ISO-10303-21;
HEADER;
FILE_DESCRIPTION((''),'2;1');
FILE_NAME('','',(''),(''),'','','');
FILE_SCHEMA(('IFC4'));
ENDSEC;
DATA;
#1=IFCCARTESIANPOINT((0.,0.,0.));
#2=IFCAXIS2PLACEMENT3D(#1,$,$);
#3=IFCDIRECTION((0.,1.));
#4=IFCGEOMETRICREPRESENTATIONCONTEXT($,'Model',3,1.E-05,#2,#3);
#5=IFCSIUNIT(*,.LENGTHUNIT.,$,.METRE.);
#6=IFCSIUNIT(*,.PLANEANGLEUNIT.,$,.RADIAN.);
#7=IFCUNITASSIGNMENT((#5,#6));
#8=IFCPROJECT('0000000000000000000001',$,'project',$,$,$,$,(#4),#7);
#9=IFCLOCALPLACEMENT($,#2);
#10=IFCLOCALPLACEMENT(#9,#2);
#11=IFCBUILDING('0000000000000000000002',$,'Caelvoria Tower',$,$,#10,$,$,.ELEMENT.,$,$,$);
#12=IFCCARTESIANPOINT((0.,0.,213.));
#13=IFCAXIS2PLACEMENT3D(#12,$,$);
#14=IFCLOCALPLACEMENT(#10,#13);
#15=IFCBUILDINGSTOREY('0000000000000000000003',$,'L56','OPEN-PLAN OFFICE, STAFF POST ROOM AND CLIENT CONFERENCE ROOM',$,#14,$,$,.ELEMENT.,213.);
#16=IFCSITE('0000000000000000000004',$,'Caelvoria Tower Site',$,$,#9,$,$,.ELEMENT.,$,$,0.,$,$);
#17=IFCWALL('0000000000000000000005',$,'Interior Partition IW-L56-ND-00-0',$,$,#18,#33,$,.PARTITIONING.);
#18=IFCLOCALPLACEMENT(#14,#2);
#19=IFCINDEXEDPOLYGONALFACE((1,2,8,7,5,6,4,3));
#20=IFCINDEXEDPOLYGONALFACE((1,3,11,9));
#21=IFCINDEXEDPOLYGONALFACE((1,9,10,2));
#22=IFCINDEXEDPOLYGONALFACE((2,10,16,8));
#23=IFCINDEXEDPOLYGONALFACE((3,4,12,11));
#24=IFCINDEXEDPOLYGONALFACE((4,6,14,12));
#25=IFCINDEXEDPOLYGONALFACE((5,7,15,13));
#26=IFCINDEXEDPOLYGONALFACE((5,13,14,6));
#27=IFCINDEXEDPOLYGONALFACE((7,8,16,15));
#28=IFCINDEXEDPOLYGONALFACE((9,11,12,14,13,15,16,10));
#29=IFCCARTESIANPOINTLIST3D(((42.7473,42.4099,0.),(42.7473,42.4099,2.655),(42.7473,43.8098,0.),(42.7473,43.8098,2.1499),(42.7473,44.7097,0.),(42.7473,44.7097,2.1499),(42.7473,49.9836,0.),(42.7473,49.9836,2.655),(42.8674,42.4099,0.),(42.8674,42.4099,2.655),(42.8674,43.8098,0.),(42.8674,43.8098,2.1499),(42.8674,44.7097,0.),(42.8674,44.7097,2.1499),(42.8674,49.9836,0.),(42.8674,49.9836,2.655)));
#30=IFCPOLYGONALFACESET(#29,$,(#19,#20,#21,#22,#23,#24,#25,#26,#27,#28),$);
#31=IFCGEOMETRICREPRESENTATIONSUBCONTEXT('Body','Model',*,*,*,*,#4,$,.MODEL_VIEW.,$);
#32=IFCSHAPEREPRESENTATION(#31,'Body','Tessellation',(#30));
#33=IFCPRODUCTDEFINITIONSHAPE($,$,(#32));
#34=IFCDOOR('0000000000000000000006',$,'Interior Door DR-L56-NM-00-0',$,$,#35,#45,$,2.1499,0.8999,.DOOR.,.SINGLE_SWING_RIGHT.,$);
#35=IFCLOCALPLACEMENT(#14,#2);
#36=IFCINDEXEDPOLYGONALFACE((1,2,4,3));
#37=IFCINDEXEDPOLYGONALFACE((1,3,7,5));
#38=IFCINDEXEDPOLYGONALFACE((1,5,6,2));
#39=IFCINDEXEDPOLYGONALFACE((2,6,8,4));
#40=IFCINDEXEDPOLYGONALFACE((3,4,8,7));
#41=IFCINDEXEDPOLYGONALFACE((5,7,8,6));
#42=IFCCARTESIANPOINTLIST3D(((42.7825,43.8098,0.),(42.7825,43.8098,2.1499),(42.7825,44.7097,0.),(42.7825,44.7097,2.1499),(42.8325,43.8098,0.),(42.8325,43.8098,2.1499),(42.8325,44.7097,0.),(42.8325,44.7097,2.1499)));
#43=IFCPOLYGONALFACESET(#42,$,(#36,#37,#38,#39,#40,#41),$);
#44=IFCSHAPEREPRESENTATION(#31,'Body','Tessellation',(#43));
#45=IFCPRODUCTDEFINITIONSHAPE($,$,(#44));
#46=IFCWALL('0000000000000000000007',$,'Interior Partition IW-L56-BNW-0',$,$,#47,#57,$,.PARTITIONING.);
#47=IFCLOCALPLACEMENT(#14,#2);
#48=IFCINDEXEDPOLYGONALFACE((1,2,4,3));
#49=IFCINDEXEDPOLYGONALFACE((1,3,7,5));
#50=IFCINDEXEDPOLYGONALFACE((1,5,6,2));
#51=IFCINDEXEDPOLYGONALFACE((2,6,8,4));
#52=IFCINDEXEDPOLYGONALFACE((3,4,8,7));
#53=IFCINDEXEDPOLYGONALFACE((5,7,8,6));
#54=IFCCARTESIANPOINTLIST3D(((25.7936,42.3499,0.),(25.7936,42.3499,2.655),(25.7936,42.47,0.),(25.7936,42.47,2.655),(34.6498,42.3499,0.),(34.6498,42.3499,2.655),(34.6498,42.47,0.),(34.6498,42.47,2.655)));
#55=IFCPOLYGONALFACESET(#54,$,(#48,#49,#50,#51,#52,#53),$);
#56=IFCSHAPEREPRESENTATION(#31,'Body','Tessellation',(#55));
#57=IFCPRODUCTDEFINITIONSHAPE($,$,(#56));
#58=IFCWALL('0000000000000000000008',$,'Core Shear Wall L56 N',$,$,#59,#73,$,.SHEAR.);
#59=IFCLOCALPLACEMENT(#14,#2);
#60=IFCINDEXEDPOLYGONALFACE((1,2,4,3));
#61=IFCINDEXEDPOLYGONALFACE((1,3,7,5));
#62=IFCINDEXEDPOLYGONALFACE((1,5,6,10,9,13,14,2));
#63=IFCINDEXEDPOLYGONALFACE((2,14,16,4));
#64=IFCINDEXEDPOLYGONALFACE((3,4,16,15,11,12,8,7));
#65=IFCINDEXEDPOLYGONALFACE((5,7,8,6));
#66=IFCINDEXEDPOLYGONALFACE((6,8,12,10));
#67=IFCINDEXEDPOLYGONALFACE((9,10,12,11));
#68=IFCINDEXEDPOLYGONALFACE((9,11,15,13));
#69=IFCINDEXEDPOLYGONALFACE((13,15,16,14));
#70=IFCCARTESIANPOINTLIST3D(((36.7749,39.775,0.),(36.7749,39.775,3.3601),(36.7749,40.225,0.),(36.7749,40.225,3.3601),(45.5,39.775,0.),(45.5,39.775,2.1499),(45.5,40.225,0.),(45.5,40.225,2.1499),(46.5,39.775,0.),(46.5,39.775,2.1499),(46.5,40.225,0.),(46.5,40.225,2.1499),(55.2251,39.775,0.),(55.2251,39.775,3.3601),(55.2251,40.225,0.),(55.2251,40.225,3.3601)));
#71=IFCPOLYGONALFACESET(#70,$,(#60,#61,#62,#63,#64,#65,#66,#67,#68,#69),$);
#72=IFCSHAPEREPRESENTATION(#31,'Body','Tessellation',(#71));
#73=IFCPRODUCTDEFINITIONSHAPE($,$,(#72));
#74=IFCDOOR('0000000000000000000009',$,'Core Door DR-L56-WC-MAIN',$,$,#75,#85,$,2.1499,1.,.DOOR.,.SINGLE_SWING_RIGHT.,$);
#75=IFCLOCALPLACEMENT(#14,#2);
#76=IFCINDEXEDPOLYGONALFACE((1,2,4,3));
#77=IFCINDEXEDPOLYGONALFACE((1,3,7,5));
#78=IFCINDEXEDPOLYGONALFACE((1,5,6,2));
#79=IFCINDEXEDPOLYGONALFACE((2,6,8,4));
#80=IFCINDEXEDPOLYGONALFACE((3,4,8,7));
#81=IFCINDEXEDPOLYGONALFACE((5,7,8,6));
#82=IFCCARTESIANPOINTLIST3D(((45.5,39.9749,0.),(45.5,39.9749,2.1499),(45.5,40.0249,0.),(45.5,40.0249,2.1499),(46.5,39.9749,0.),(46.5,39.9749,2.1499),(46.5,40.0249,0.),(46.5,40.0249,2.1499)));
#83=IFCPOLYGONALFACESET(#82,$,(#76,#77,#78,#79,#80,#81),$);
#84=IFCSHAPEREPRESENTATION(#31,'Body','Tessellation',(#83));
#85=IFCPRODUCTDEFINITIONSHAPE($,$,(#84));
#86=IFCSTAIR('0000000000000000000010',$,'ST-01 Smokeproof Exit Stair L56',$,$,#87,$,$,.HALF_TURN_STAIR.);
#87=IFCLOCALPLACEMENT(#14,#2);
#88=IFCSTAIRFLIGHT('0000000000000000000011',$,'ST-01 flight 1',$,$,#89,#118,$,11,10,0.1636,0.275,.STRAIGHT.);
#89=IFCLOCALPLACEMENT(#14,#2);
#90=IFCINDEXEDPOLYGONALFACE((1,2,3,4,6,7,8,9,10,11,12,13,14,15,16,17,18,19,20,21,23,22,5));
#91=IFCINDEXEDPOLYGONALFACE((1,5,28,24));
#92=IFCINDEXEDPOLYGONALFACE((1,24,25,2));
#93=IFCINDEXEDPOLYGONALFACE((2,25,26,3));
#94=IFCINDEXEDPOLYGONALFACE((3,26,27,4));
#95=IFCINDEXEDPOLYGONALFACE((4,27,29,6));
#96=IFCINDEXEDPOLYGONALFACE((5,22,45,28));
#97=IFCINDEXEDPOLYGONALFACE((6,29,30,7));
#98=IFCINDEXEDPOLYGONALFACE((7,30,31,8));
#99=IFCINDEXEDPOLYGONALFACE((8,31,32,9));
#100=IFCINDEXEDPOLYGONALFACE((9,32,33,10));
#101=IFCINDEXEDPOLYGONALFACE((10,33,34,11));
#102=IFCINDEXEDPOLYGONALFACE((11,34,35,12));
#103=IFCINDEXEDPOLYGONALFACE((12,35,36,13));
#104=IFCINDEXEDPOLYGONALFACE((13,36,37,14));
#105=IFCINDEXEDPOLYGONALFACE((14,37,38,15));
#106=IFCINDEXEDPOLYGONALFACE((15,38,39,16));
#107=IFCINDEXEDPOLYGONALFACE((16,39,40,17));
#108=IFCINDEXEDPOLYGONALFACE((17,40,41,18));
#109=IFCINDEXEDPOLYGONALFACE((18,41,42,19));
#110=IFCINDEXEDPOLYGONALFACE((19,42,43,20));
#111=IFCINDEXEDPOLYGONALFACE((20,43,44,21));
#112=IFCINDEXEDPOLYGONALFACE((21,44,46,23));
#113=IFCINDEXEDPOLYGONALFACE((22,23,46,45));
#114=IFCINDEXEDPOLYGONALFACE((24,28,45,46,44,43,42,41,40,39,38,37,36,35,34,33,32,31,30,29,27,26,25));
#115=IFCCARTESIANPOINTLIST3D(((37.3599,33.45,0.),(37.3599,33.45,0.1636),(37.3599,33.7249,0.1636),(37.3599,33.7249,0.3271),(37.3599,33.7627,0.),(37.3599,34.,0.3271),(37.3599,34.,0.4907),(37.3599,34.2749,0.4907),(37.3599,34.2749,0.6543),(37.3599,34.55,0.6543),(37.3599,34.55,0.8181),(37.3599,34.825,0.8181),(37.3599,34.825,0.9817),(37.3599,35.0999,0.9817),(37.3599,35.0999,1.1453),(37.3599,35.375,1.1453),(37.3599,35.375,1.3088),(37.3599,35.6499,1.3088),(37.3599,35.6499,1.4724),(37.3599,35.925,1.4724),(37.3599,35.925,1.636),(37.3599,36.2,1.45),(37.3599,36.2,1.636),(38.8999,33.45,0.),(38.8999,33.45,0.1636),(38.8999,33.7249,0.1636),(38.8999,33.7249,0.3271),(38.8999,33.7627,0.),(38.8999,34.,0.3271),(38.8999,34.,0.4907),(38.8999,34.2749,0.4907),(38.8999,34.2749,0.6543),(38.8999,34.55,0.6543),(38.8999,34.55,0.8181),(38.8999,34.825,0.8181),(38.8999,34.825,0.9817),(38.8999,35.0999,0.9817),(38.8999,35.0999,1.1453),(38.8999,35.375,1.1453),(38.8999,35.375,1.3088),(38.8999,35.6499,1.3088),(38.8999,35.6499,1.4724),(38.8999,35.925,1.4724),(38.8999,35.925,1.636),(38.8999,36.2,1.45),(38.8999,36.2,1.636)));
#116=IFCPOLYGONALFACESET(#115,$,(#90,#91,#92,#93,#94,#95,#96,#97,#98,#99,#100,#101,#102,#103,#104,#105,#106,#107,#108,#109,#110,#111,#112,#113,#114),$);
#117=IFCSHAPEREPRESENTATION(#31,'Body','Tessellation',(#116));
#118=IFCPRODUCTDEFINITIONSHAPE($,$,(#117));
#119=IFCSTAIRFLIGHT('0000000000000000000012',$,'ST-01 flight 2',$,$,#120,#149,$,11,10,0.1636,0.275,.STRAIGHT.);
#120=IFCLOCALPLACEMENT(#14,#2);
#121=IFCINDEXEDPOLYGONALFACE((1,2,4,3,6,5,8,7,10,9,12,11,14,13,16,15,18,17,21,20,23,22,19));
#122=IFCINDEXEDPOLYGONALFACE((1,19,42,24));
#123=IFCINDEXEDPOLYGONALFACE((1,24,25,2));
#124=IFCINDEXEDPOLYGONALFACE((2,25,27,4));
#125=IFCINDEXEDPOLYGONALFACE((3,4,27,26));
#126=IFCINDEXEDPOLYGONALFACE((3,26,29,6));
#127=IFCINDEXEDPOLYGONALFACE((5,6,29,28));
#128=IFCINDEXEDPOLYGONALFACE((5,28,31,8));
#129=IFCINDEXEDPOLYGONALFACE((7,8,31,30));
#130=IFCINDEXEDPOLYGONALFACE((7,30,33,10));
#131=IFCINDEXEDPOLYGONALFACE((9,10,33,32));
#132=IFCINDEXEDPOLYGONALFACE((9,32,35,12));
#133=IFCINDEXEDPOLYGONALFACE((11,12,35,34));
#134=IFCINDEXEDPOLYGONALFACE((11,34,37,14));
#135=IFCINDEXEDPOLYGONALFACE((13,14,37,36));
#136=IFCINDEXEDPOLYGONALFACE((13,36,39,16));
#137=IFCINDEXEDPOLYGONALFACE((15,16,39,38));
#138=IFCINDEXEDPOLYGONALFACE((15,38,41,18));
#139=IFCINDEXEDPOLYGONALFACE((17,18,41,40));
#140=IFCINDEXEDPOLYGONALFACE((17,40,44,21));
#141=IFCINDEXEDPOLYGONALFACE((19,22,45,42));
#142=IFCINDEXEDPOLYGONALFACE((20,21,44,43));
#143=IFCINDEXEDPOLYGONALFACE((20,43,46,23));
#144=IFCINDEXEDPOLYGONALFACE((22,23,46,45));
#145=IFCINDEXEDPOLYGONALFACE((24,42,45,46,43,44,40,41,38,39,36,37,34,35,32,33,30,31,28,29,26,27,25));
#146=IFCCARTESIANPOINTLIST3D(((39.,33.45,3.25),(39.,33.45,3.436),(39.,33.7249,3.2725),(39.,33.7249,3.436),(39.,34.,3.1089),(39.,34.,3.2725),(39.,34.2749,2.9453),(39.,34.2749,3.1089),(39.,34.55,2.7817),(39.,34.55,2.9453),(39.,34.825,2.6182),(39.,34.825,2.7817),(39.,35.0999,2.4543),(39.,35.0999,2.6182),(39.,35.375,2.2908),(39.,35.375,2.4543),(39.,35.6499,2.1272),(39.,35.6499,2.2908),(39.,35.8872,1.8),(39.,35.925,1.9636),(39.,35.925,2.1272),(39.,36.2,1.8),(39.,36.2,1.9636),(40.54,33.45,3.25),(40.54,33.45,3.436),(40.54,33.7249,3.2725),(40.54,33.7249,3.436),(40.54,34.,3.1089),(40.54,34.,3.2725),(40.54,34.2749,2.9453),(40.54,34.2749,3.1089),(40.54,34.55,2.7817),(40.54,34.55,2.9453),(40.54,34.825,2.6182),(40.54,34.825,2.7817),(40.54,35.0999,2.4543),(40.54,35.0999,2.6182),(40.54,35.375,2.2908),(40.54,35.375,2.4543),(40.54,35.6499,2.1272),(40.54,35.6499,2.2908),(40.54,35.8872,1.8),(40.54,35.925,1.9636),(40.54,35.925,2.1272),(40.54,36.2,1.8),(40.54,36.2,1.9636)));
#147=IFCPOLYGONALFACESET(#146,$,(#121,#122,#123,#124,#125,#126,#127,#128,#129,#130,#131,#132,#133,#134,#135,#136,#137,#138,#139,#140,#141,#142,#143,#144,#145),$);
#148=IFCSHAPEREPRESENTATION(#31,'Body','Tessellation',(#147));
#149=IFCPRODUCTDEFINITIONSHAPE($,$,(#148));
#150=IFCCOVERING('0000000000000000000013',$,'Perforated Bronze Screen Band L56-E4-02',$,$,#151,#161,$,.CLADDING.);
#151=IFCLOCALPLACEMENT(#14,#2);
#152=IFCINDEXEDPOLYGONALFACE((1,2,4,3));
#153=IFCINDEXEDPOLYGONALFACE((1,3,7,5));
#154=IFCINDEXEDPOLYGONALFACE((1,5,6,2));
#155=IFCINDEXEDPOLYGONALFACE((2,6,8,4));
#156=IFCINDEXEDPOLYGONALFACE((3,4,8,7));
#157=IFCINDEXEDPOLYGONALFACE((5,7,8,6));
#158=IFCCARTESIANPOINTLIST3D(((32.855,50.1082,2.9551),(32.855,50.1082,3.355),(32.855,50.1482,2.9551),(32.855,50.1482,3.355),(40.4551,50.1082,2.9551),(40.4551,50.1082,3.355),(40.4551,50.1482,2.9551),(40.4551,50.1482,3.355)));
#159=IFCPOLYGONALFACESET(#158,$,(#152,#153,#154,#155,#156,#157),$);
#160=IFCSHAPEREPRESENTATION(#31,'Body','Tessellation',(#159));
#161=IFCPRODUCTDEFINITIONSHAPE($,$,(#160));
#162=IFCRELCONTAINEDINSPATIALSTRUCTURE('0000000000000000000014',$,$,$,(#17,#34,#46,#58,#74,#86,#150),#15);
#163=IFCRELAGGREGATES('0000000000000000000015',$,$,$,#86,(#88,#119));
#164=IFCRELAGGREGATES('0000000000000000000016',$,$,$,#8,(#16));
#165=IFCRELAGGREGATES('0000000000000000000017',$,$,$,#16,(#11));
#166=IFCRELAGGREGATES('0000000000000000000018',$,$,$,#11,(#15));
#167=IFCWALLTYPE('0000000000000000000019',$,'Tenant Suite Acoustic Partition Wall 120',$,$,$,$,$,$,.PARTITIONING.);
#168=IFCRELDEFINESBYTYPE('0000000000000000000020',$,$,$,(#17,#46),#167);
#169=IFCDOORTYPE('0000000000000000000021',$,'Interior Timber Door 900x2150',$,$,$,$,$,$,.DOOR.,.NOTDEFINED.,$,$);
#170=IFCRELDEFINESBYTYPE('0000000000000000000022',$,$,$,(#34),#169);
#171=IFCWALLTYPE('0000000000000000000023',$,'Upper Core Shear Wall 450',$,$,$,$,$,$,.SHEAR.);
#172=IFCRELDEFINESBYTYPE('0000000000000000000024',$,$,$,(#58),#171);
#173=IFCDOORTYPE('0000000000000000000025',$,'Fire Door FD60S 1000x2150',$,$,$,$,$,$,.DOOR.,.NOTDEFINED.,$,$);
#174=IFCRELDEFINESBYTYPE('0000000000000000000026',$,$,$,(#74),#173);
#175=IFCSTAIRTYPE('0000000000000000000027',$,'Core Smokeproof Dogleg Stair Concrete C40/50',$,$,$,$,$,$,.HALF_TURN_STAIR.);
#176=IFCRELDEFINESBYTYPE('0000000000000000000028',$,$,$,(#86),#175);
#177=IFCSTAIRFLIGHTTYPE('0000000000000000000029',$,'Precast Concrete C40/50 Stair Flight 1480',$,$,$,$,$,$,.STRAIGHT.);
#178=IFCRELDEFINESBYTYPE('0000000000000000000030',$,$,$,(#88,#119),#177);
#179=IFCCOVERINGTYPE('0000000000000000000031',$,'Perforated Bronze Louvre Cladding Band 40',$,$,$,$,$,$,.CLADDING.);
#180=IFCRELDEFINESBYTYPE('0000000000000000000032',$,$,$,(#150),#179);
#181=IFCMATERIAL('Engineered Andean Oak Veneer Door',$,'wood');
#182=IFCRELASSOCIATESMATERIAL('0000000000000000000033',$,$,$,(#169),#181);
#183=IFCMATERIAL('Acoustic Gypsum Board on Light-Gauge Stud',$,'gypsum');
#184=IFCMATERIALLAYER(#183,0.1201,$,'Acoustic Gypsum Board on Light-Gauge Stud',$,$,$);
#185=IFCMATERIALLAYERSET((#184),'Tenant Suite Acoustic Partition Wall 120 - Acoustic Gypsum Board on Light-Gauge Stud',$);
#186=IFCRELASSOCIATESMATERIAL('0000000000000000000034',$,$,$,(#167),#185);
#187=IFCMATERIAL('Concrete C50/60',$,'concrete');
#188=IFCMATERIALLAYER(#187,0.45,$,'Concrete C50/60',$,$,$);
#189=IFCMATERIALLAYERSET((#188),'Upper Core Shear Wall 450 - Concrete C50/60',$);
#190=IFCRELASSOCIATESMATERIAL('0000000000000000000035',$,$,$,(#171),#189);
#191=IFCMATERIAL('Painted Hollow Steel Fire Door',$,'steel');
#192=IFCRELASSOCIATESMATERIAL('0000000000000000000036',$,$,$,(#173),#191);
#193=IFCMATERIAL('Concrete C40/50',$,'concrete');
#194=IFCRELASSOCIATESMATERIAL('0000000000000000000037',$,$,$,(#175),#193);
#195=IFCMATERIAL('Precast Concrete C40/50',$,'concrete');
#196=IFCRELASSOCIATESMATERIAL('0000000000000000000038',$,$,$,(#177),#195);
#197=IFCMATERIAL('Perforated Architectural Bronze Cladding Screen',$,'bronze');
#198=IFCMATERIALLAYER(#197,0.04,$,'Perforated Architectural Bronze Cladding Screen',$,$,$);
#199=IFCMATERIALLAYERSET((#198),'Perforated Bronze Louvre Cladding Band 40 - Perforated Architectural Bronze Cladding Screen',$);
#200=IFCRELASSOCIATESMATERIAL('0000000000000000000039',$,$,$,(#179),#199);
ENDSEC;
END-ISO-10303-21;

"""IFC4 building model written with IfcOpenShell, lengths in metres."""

from ifc_helpers import new_model, si_unit, direction, frame, frame_2d, origin, origin_2d, place, context, subcontext, project, spatial, polyline, rectangle, outline, extrude, material, layer, layer_set, type_object, element, fill, aggregate, save


model = new_model("IFC4")

# Units and contexts
model_context = context("Model", 3, precision=1e-05, world=origin(), true_north=direction((0.0, 1.0)))
body_context = subcontext(model_context, "Body", "Model", "MODEL_VIEW")
ifc_project = project(units=[si_unit("LENGTHUNIT", "METRE"), si_unit("PLANEANGLEUNIT", "RADIAN")], contexts=[model_context])

# Site, building, storey
site_placement = place(None, origin())
site = spatial("IfcSite", under=ifc_project, at=site_placement, Name="Caelvoria Tower Site", CompositionType="ELEMENT", RefElevation=0.0)
building_placement = place(site_placement, origin())
building = spatial("IfcBuilding", under=site, at=building_placement, Name="Caelvoria Tower", CompositionType="ELEMENT")
storey_placement = place(building_placement, frame((0.0, 0.0, 213.0)))
storey = spatial("IfcBuildingStorey", under=building, at=storey_placement, Name="L56", Description="OPEN-PLAN OFFICE, STAFF POST ROOM AND CLIENT CONFERENCE ROOM", CompositionType="ELEMENT", Elevation=213.0)

# Shared definitions
ifc_material_1 = material(Name="Concrete C50/60", Category="concrete")

# Shared definitions
ifc_material_2 = material(Name="Engineered Andean Oak Veneer Door", Category="wood")
door_type_1 = type_object("IfcDoorType", Name="Interior Timber Door 900x2150", OperationType="NOTDEFINED", PredefinedType="DOOR", material=ifc_material_2)

# Wall, opening, door
ifc_material_3 = material(Name="Acoustic Gypsum Board on Light-Gauge Stud", Category="gypsum")
ifc_layer_1 = layer(ifc_material_3, 0.1201, Name="Acoustic Gypsum Board on Light-Gauge Stud")
ifc_layer_set_1 = layer_set([ifc_layer_1], Name="Tenant Suite Acoustic Partition Wall 120 - Acoustic Gypsum Board on Light-Gauge Stud")
wall_type_1 = type_object("IfcWallType", Name="Tenant Suite Acoustic Partition Wall 120", PredefinedType="PARTITIONING", material=ifc_layer_set_1)
wall_1_placement = place(storey_placement, frame((42.8074, 42.4099, 0.0), z_axis=(0.0, 0.0, 1.0), x_axis=(0.0, 1.0, 0.0)))
wall_1 = element("IfcWall", 1, at=wall_1_placement, inside=storey, type_object=wall_type_1, Name="Interior Partition IW-L56-ND-00-0", PredefinedType="PARTITIONING", context=body_context, shape_type="SweptSolid", body=[
    extrude(rectangle(XDim=7.5737, YDim=0.1201, at=frame_2d((3.7869, 0.0))), origin(), (0.0, 0.0, 1.0), 2.655),
])
opening_1_placement = place(wall_1_placement, frame((1.3999, 0.0, 0.0)))
opening_1 = element("IfcOpeningElement", 2, at=opening_1_placement, cuts=wall_1, PredefinedType="OPENING", context=body_context, shape_type="SweptSolid", body=[
    extrude(rectangle(XDim=0.8999, YDim=2.1499, at=frame_2d((0.45, 1.075))), frame((0.0, 0.0701, 0.0), z_axis=(0.0, -1.0, 0.0), x_axis=(1.0, 0.0, 0.0)), (0.0, 0.0, 1.0), 0.1401),
])
door_1_placement = place(opening_1_placement, origin())
door_1 = element("IfcDoor", 3, at=door_1_placement, inside=storey, type_object=door_type_1, Name="Interior Door DR-L56-NM-00-0", OperationType="SINGLE_SWING_RIGHT", OverallHeight=2.1499, OverallWidth=0.8999, PredefinedType="DOOR", context=body_context, shape_type="SweptSolid", body=[
    extrude(rectangle(XDim=0.8999, YDim=2.1499, at=frame_2d((0.45, 1.075))), frame((0.0, 0.0249, 0.0), z_axis=(0.0, -1.0, 0.0), x_axis=(1.0, 0.0, 0.0)), (0.0, 0.0, 1.0), 0.05),
])
fill(opening_1, door_1)

# Wall
wall_2_placement = place(storey_placement, frame((34.6499, 42.4099, 0.0), z_axis=(0.0, 0.0, 1.0), x_axis=(-1.0, 0.0, 0.0)))
element("IfcWall", 4, at=wall_2_placement, inside=storey, type_object=wall_type_1, Name="Interior Partition IW-L56-BNW-0", PredefinedType="PARTITIONING", context=body_context, shape_type="SweptSolid", body=[
    extrude(rectangle(XDim=8.8562, YDim=0.1201, at=frame_2d((4.4282, 0.0))), origin(), (0.0, 0.0, 1.0), 2.655),
])

# Wall, opening, door
ifc_layer_2 = layer(ifc_material_1, 0.45, Name="Concrete C50/60")
ifc_layer_set_2 = layer_set([ifc_layer_2], Name="Upper Core Shear Wall 450 - Concrete C50/60")
wall_type_2 = type_object("IfcWallType", Name="Upper Core Shear Wall 450", PredefinedType="SHEAR", material=ifc_layer_set_2)
wall_3_placement = place(storey_placement, frame((36.7749, 40.0, 0.0), z_axis=(0.0, 0.0, 1.0), x_axis=(1.0, 0.0, 0.0)))
wall_3 = element("IfcWall", 5, at=wall_3_placement, inside=storey, type_object=wall_type_2, Name="Core Shear Wall L56 N", PredefinedType="SHEAR", context=body_context, shape_type="SweptSolid", body=[
    extrude(rectangle(XDim=18.4502, YDim=0.45, at=frame_2d((9.2251, 0.0))), origin(), (0.0, 0.0, 1.0), 3.3601),
])
opening_2_placement = place(wall_3_placement, frame((8.7251, 0.0, 0.0)))
opening_2 = element("IfcOpeningElement", 6, at=opening_2_placement, cuts=wall_3, PredefinedType="OPENING", context=body_context, shape_type="SweptSolid", body=[
    extrude(rectangle(XDim=1.0, YDim=2.1499, at=frame_2d((0.5, 1.075))), frame((0.0, 0.2349, 0.0), z_axis=(0.0, -1.0, 0.0), x_axis=(1.0, 0.0, 0.0)), (0.0, 0.0, 1.0), 0.47),
])
ifc_material_4 = material(Name="Painted Hollow Steel Fire Door", Category="steel")
door_type_2 = type_object("IfcDoorType", Name="Fire Door FD60S 1000x2150", OperationType="NOTDEFINED", PredefinedType="DOOR", material=ifc_material_4)
door_2_placement = place(opening_2_placement, origin())
door_2 = element("IfcDoor", 7, at=door_2_placement, inside=storey, type_object=door_type_2, Name="Core Door DR-L56-WC-MAIN", OperationType="SINGLE_SWING_RIGHT", OverallHeight=2.1499, OverallWidth=1.0, PredefinedType="DOOR", context=body_context, shape_type="SweptSolid", body=[
    extrude(rectangle(XDim=1.0, YDim=2.1499, at=frame_2d((0.5, 1.075))), frame((0.0, 0.0249, 0.0), z_axis=(0.0, -1.0, 0.0), x_axis=(1.0, 0.0, 0.0)), (0.0, 0.0, 1.0), 0.05),
])
fill(opening_2, door_2)

# Stair, stair flights
ifc_material_5 = material(Name="Concrete C40/50", Category="concrete")
stair_type = type_object("IfcStairType", Name="Core Smokeproof Dogleg Stair Concrete C40/50", PredefinedType="HALF_TURN_STAIR", material=ifc_material_5)
stair_placement = place(storey_placement, origin())
stair = element("IfcStair", 8, at=stair_placement, inside=storey, type_object=stair_type, Name="ST-01 Smokeproof Exit Stair L56", PredefinedType="HALF_TURN_STAIR")
ifc_material_6 = material(Name="Precast Concrete C40/50", Category="concrete")
stair_flight_type = type_object("IfcStairFlightType", Name="Precast Concrete C40/50 Stair Flight 1480", PredefinedType="STRAIGHT", material=ifc_material_6)
stair_flight_1_placement = place(storey_placement, frame((38.1299, 33.45, 0.0), z_axis=(0.0, 0.0, 1.0), x_axis=(0.0, 1.0, 0.0)))
stair_flight_1 = element("IfcStairFlight", 9, at=stair_flight_1_placement, type_object=stair_flight_type, Name="ST-01 flight 1", NumberOfRisers=11, NumberOfTreads=10, PredefinedType="STRAIGHT", RiserHeight=0.1636, TreadLength=0.275, context=body_context, shape_type="SweptSolid", body=[
    extrude(outline(polyline([(0.0, 0.0), (0.0, 0.1636), (0.2749, 0.1636), (0.2749, 0.3271), (0.55, 0.3271), (0.55, 0.4907), (0.825, 0.4907), (0.825, 0.6543), (1.1001, 0.6543), (1.1001, 0.8181), (1.375, 0.8181), (1.375, 0.9817), (1.6499, 0.9817), (1.6499, 1.1453), (1.925, 1.1453), (1.925, 1.3088), (2.2, 1.3088), (2.2, 1.4724), (2.4751, 1.4724), (2.4751, 1.636), (2.75, 1.636), (2.75, 1.7996), (2.75, 1.45), (0.3127, 0.0), (0.0, 0.0)])), frame((0.0, 0.77, 0.0), z_axis=(0.0, -1.0, 0.0), x_axis=(1.0, 0.0, 0.0)), (0.0, 0.0, 1.0), 1.54),
])
stair_flight_2_placement = place(storey_placement, frame((39.77, 36.2, 1.8), z_axis=(0.0, 0.0, 1.0), x_axis=(0.0, -1.0, 0.0)))
stair_flight_2 = element("IfcStairFlight", 10, at=stair_flight_2_placement, type_object=stair_flight_type, Name="ST-01 flight 2", NumberOfRisers=11, NumberOfTreads=10, PredefinedType="STRAIGHT", RiserHeight=0.1636, TreadLength=0.275, context=body_context, shape_type="SweptSolid", body=[
    extrude(outline(polyline([(0.0, 0.0), (0.0, 0.1636), (0.2749, 0.1636), (0.2749, 0.3271), (0.55, 0.3271), (0.55, 0.4907), (0.825, 0.4907), (0.825, 0.6543), (1.1001, 0.6543), (1.1001, 0.8181), (1.375, 0.8181), (1.375, 0.9817), (1.6499, 0.9817), (1.6499, 1.1453), (1.925, 1.1453), (1.925, 1.3088), (2.2, 1.3088), (2.2, 1.4724), (2.4751, 1.4724), (2.4751, 1.636), (2.75, 1.636), (2.75, 1.7996), (2.75, 1.45), (0.3127, 0.0), (0.0, 0.0)])), frame((0.0, 0.77, 0.0), z_axis=(0.0, -1.0, 0.0), x_axis=(1.0, 0.0, 0.0)), (0.0, 0.0, 1.0), 1.54),
])
aggregate(stair, [stair_flight_1, stair_flight_2])

# Covering
ifc_material_7 = material(Name="Perforated Architectural Bronze Cladding Screen", Category="bronze")
ifc_layer_3 = layer(ifc_material_7, 0.04, Name="Perforated Architectural Bronze Cladding Screen")
ifc_layer_set_3 = layer_set([ifc_layer_3], Name="Perforated Bronze Louvre Cladding Band 40 - Perforated Architectural Bronze Cladding Screen")
covering_type = type_object("IfcCoveringType", Name="Perforated Bronze Louvre Cladding Band 40", PredefinedType="CLADDING", material=ifc_layer_set_3)
covering_placement = place(storey_placement, frame((36.655, 50.1282, 2.9551), z_axis=(0.0, 0.0, 1.0), x_axis=(-1.0, 0.0, 0.0)))
element("IfcCovering", 11, at=covering_placement, inside=storey, type_object=covering_type, Name="Perforated Bronze Screen Band L56-E4-02", PredefinedType="CLADDING", context=body_context, shape_type="SweptSolid", body=[
    extrude(rectangle(XDim=7.6001, YDim=0.04, at=origin_2d()), origin(), (0.0, 0.0, 1.0), 0.3999),
])

save(model, "model.ifc")
